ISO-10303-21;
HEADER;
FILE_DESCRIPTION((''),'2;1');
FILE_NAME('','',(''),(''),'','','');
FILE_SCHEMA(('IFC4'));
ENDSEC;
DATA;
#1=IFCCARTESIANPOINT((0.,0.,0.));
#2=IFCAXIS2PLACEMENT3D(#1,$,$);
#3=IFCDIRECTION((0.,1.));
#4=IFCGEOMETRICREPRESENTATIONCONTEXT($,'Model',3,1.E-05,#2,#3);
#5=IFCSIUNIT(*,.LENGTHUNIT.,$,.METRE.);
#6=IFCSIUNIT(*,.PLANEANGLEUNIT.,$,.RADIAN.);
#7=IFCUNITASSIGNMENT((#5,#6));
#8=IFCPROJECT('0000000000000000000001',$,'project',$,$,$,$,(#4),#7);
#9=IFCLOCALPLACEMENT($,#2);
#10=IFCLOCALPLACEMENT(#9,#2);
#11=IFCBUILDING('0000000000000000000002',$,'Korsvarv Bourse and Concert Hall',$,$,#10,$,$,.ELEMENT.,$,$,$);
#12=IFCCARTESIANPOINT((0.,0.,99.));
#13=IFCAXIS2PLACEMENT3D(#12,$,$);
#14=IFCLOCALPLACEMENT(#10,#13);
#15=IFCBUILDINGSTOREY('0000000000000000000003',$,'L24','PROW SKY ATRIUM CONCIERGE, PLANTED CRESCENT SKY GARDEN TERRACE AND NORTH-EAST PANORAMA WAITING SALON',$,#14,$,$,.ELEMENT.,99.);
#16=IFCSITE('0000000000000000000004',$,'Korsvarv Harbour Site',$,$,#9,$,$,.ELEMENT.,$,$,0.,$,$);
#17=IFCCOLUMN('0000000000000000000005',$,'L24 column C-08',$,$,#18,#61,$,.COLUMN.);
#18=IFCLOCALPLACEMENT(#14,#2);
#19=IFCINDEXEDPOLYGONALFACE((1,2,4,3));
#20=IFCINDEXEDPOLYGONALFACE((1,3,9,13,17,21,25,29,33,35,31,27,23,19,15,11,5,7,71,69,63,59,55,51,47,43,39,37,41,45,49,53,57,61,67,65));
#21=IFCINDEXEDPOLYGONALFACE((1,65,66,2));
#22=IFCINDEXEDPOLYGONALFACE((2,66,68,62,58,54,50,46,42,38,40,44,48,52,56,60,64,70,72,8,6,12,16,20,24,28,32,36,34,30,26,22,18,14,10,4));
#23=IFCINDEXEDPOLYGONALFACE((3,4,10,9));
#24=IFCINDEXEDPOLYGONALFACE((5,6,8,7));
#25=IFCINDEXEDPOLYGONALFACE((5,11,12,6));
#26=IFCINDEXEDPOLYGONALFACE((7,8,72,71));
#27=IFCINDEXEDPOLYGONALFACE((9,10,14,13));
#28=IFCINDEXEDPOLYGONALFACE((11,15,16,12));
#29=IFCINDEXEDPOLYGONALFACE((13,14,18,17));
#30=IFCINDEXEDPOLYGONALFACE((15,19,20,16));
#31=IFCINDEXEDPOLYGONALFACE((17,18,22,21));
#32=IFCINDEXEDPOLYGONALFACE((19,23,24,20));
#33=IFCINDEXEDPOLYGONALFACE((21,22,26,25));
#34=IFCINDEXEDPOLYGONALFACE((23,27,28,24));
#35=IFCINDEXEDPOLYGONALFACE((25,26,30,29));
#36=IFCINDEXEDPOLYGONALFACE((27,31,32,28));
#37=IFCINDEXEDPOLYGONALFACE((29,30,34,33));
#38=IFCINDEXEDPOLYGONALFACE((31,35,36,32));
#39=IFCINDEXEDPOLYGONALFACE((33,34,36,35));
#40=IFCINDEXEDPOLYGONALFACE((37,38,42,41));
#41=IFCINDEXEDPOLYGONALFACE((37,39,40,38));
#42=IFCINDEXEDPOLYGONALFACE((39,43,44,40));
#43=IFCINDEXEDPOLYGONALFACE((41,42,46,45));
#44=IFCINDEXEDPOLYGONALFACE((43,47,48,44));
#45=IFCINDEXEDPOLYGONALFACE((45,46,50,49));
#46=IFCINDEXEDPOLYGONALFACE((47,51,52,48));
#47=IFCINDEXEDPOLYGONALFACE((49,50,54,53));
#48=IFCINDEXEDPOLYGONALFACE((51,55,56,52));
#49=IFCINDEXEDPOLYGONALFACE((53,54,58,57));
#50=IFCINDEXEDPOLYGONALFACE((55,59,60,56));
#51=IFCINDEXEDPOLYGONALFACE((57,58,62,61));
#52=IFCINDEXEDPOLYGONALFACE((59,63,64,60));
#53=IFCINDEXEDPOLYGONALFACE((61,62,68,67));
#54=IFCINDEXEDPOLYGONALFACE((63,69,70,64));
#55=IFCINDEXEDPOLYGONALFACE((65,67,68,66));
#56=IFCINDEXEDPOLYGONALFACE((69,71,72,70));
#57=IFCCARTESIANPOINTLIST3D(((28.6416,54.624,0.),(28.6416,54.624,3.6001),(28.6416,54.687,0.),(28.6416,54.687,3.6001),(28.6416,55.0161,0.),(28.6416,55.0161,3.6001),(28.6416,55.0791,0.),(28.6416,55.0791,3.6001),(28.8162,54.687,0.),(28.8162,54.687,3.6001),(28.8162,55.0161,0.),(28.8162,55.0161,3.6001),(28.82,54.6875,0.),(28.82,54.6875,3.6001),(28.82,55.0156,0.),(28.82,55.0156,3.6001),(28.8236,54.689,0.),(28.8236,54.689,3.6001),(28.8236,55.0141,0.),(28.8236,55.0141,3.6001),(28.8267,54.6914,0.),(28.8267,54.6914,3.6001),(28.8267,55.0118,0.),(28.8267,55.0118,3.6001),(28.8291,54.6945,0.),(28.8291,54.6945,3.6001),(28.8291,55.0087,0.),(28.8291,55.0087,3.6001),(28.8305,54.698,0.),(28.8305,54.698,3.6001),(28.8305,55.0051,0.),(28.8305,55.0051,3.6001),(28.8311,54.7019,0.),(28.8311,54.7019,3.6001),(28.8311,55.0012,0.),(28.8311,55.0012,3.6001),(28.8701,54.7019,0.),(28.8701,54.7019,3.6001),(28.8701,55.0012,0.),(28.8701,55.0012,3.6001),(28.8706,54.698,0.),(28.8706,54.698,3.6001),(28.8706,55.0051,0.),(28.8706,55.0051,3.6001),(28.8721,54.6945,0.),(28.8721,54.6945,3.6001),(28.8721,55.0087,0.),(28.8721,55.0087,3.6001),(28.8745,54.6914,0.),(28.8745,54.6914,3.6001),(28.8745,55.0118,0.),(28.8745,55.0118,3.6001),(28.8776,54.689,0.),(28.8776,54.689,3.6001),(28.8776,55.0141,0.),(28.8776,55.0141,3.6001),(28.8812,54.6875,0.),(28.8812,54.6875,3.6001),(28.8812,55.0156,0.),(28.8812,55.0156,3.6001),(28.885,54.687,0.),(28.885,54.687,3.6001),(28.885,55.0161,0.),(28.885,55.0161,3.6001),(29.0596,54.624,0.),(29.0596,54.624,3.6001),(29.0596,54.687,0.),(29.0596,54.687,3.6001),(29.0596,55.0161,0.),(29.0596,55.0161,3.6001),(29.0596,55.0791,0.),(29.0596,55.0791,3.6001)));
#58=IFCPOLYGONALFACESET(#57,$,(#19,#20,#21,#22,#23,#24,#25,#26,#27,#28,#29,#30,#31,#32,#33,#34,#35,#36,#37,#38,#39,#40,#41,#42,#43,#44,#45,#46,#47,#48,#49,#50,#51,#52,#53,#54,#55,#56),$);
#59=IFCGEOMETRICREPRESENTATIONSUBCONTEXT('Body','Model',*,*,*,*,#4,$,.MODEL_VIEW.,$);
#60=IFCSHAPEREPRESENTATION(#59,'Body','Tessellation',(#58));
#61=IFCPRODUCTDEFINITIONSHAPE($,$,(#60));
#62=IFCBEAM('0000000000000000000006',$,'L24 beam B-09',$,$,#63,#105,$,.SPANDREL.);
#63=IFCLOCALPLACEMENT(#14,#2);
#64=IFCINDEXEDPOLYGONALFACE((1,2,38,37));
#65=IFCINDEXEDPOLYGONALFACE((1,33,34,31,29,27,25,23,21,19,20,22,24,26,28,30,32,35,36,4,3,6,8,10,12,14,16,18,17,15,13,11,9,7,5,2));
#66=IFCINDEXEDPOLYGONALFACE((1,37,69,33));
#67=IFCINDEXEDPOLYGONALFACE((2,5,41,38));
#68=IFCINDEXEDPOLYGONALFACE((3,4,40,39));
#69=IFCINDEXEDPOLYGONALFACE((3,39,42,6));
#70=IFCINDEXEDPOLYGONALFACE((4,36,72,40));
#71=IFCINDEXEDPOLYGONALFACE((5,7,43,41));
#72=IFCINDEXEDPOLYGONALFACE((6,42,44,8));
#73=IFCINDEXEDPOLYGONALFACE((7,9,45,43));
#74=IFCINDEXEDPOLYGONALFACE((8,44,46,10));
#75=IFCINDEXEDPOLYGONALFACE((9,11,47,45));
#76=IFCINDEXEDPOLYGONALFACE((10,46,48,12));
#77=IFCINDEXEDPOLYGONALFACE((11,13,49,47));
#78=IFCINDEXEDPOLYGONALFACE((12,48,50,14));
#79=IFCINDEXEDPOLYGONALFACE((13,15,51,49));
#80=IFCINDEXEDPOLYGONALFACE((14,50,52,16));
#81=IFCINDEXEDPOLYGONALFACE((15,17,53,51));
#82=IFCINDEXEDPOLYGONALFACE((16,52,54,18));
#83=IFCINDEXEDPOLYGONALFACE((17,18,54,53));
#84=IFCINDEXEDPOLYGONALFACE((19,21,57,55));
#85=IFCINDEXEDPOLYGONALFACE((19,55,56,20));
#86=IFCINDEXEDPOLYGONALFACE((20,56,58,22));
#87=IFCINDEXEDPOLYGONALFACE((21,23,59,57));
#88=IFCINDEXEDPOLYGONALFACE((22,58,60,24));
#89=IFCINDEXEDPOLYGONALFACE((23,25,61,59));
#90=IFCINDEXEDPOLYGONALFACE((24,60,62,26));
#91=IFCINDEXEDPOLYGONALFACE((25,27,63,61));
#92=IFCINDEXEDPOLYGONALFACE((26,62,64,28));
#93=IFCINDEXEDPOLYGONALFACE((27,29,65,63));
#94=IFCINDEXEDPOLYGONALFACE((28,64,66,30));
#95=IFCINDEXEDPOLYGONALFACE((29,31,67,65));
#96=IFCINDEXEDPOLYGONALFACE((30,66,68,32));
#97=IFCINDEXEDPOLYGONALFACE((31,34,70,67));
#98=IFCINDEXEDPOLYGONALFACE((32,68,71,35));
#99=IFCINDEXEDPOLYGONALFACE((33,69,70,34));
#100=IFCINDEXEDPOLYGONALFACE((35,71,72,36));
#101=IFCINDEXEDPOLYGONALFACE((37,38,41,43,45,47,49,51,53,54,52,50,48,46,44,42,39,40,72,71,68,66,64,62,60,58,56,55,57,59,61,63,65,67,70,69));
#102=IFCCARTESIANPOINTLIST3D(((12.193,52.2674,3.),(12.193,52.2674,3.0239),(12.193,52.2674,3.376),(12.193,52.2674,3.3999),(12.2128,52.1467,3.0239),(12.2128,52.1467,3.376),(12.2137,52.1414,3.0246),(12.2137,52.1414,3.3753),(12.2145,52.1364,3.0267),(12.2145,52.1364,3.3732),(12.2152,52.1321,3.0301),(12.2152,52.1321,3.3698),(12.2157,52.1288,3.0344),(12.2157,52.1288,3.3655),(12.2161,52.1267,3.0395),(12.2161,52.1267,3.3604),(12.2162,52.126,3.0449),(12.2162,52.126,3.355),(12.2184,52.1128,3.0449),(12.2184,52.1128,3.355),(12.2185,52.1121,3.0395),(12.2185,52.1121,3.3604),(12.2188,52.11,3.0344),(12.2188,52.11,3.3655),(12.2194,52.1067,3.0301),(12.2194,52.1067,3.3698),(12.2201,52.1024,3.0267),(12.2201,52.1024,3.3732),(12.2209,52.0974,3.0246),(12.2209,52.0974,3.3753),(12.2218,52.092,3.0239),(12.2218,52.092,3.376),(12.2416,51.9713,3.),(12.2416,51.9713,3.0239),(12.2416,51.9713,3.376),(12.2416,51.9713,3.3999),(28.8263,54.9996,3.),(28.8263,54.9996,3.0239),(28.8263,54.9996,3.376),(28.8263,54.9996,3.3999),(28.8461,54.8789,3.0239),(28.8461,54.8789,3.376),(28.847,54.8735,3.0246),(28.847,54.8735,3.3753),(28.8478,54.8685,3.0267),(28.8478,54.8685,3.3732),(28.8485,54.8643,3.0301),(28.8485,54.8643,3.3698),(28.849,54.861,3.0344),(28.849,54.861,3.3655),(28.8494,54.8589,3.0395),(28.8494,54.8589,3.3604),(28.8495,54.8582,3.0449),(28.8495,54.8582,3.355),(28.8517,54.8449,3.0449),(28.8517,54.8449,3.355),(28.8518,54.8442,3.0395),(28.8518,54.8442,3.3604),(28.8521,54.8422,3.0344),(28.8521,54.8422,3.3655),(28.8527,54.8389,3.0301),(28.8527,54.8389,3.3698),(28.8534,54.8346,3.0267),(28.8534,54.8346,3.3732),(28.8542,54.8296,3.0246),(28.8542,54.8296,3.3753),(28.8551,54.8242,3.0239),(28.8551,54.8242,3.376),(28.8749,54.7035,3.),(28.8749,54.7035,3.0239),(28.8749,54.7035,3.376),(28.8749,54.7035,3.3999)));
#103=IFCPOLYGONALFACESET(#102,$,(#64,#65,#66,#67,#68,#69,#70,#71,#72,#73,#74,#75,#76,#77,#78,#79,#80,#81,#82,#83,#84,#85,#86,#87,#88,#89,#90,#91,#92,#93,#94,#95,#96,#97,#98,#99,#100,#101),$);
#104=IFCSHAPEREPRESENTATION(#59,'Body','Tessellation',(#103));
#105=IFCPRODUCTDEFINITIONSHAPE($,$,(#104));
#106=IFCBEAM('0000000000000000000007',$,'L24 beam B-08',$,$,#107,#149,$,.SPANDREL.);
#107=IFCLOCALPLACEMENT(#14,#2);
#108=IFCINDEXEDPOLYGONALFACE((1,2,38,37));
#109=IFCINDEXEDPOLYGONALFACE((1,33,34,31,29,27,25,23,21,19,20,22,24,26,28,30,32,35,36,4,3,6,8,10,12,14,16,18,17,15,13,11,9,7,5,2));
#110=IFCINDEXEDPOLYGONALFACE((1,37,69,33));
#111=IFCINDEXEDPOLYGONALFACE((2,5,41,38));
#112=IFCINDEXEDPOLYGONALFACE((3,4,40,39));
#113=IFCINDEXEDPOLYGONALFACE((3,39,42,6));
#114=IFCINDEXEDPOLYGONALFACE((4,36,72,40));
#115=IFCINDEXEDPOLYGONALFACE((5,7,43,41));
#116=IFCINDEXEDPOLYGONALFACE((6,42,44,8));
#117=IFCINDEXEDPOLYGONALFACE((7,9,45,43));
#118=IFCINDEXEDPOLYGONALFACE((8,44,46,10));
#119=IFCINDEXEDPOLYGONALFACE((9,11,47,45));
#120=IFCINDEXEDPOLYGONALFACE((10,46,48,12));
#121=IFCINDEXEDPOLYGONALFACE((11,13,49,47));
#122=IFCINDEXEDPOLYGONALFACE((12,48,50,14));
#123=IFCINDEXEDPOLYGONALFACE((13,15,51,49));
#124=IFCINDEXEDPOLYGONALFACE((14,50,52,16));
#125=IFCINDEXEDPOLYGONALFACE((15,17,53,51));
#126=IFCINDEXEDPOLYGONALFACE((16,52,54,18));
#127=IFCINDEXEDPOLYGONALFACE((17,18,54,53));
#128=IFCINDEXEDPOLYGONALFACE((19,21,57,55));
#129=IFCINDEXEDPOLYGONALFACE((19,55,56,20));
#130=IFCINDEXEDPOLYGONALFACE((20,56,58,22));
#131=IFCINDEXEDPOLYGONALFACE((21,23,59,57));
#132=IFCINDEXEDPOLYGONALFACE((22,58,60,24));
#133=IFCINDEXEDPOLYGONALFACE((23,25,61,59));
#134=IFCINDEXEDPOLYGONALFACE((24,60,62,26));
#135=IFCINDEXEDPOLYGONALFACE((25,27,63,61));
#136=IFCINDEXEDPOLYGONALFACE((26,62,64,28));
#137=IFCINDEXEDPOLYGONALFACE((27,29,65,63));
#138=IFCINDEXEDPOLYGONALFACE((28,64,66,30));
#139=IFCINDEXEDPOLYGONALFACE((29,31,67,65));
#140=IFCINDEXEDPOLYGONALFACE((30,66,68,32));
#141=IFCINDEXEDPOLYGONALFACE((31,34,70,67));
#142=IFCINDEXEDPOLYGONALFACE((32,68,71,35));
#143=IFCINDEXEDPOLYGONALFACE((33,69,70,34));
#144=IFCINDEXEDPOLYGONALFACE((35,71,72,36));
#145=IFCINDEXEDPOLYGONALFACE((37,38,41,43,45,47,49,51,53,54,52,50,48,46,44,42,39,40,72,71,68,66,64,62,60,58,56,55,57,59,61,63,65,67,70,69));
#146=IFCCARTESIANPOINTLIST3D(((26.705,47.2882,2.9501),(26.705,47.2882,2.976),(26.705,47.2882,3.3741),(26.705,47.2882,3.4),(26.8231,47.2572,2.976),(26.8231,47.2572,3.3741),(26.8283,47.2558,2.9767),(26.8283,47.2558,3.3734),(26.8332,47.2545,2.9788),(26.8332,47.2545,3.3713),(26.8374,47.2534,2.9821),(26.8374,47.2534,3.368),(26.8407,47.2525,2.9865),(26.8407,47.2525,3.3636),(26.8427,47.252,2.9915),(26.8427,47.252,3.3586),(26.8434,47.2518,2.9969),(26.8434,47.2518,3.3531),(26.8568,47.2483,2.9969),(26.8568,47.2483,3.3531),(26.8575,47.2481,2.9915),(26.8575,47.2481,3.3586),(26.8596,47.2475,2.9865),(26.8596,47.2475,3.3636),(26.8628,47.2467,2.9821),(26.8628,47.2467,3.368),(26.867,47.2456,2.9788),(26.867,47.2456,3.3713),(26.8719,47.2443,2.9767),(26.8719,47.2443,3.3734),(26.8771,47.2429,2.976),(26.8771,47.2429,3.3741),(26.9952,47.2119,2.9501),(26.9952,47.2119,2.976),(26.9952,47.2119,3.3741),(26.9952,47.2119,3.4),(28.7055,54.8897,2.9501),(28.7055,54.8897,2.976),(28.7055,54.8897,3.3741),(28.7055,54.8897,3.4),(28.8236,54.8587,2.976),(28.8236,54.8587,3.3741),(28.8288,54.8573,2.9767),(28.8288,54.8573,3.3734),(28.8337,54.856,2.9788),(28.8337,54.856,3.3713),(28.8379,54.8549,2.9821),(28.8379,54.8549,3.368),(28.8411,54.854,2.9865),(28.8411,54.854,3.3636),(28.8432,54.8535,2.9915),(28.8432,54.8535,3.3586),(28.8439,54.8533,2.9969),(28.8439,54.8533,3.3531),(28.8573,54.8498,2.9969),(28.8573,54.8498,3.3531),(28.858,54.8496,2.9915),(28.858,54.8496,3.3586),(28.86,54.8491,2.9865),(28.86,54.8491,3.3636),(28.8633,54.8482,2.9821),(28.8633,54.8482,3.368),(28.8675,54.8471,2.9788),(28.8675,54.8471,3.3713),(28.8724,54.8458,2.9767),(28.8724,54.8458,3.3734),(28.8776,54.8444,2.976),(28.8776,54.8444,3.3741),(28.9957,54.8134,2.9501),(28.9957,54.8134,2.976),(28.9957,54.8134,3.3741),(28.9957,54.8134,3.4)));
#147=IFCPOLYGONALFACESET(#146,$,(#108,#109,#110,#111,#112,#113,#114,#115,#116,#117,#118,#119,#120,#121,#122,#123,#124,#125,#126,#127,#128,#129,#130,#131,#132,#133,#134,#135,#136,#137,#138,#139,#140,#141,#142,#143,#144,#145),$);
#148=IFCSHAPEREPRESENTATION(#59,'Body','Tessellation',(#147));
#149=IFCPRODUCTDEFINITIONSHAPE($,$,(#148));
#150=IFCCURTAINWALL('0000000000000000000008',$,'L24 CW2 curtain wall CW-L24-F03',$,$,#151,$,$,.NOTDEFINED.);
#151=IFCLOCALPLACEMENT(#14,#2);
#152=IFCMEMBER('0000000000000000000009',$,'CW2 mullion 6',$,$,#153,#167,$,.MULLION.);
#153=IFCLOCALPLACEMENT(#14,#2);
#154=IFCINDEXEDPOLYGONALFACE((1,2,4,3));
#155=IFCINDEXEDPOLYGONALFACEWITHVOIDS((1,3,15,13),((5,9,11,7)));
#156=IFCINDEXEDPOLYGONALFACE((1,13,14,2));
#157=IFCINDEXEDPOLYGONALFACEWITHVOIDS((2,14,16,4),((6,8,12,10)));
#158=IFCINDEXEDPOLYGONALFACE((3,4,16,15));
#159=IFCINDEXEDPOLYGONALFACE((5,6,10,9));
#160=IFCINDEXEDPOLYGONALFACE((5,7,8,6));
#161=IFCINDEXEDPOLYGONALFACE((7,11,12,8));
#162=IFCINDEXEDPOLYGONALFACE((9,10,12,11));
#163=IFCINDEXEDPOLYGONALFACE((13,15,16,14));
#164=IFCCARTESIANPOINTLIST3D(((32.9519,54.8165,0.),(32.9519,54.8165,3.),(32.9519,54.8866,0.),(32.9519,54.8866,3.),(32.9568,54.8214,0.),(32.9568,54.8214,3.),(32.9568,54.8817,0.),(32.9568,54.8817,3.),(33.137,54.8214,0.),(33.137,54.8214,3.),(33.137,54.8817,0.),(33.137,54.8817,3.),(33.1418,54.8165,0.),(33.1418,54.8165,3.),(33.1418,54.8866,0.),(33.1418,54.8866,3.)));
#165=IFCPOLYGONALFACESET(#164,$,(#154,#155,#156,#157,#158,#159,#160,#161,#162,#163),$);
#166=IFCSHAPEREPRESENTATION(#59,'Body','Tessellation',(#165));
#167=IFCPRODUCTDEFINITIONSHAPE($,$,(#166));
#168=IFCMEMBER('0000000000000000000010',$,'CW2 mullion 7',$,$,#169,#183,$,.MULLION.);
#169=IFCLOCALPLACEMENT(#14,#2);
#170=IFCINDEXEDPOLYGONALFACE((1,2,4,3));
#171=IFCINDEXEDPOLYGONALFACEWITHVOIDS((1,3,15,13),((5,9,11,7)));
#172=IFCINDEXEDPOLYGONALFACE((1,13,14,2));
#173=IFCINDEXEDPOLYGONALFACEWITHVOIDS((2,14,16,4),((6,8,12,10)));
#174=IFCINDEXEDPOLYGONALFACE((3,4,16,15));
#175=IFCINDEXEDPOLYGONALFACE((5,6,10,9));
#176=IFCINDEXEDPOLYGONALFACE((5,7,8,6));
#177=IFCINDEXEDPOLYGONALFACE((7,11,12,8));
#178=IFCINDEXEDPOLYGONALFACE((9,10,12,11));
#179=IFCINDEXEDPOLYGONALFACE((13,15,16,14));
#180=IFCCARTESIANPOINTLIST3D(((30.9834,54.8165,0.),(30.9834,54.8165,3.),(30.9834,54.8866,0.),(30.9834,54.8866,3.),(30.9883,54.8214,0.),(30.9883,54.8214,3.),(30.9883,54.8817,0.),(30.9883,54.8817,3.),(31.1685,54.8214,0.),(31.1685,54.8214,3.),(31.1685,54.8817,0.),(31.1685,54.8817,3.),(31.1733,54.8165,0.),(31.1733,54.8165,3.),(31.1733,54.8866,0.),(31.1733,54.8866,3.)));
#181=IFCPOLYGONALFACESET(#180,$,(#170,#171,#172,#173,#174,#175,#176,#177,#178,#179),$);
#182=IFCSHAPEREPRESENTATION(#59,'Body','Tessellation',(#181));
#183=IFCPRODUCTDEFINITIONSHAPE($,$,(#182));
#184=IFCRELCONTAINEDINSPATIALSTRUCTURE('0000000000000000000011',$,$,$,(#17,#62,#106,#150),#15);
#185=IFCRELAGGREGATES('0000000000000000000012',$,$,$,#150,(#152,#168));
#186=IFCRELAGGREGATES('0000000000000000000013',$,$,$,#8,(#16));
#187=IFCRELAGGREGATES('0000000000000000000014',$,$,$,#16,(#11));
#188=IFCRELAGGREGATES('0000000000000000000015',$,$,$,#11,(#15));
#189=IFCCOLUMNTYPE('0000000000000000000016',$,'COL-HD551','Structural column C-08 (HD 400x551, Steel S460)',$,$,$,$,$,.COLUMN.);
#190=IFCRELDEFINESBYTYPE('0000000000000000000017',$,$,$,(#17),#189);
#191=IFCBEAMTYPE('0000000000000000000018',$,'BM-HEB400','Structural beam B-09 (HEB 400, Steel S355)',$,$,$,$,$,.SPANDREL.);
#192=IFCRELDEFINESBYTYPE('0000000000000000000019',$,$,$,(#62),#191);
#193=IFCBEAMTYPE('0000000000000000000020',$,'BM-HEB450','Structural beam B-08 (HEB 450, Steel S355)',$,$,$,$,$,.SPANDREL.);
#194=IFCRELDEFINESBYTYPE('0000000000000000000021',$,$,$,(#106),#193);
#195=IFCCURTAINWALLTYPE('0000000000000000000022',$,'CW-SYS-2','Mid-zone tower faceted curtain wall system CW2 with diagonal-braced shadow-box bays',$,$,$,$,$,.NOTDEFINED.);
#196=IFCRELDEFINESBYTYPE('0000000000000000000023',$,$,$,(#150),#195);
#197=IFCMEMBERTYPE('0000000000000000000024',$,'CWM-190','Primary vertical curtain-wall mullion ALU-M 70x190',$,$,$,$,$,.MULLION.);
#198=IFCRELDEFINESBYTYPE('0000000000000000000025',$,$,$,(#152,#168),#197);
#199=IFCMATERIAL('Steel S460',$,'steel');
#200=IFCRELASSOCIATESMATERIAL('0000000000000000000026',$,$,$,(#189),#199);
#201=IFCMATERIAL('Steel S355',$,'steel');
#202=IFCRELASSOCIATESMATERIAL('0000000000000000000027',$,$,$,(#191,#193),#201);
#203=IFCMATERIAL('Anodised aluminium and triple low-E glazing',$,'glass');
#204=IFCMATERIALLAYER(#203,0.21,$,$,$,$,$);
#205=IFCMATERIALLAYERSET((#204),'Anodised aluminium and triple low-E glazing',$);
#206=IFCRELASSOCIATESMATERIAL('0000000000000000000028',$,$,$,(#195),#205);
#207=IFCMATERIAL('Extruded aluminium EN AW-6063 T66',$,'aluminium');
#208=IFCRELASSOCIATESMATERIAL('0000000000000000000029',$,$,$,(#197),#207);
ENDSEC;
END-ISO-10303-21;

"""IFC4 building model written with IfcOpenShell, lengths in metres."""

from ifc_helpers import new_model, si_unit, direction, frame, origin, origin_2d, place, context, subcontext, project, spatial, hollow_rectangle, i_section, extrude, source, transform, mapped, material, layer, layer_set, material_profile, profile_set, type_object, element, aggregate, save


model = new_model("IFC4")

# Units and contexts
model_context = context("Model", 3, precision=1e-05, world=origin(), true_north=direction((0.0, 1.0)))
body_context = subcontext(model_context, "Body", "Model", "MODEL_VIEW")
ifc_project = project(units=[si_unit("LENGTHUNIT", "METRE"), si_unit("PLANEANGLEUNIT", "RADIAN")], contexts=[model_context])

# Site, building, storey
site_placement = place(None, origin())
site = spatial("IfcSite", under=ifc_project, at=site_placement, Name="Korsvarv Harbour Site", CompositionType="ELEMENT", RefElevation=0.0)
building_placement = place(site_placement, origin())
building = spatial("IfcBuilding", under=site, at=building_placement, Name="Korsvarv Bourse and Concert Hall", CompositionType="ELEMENT")
storey_placement = place(building_placement, frame((0.0, 0.0, 99.0)))
storey = spatial("IfcBuildingStorey", under=building, at=storey_placement, Name="L24", Description="PROW SKY ATRIUM CONCIERGE, PLANTED CRESCENT SKY GARDEN TERRACE AND NORTH-EAST PANORAMA WAITING SALON", CompositionType="ELEMENT", Elevation=99.0)

# Column
ifc_material_1 = material(Name="Steel S460", Category="steel")
ifc_material_profile_1 = material_profile(ifc_material_1, i_section(OverallWidth=0.418, OverallDepth=0.4551, WebThickness=0.0391, FlangeThickness=0.063, FilletRadius=0.0149, at=origin_2d()), Name="HD 400x551")
ifc_profile_set_1 = profile_set([ifc_material_profile_1], Name="Steel S460")
column_type = type_object("IfcColumnType", Name="COL-HD551", Description="Structural column C-08 (HD 400x551, Steel S460)", PredefinedType="COLUMN", material=ifc_profile_set_1)
shared_shape_1 = source(origin(), body_context, "Body", "SweptSolid", [
    extrude(i_section(OverallWidth=0.418, OverallDepth=0.4551, WebThickness=0.0391, FlangeThickness=0.063, FilletRadius=0.0149, at=origin_2d()), origin(), (0.0, 0.0, 1.0), 3.6001),
])
column_placement = place(storey_placement, frame((28.8506, 54.8516, 0.0), z_axis=(0.0, 0.0, 1.0), x_axis=(1.0, 0.0, 0.0)))
element("IfcColumn", 1, at=column_placement, inside=storey, type_object=column_type, Name="L24 column C-08", PredefinedType="COLUMN", context=body_context, shape_type="MappedRepresentation", body=[
    mapped(shared_shape_1, transform((0.0, 0.0, 0.0), scale=1.0)),
])

# Beams
ifc_material_2 = material(Name="Steel S355", Category="steel")
ifc_material_profile_2 = material_profile(ifc_material_2, i_section(OverallWidth=0.3, OverallDepth=0.3999, WebThickness=0.0134, FlangeThickness=0.0239, FilletRadius=0.021, at=origin_2d()), Name="HEB 400")
ifc_profile_set_2 = profile_set([ifc_material_profile_2], Name="Steel S355")
beam_type_1 = type_object("IfcBeamType", Name="BM-HEB400", Description="Structural beam B-09 (HEB 400, Steel S355)", PredefinedType="SPANDREL", material=ifc_profile_set_2)
shared_shape_2 = source(origin(), body_context, "Body", "SweptSolid", [
    extrude(i_section(OverallWidth=0.3, OverallDepth=0.3999, WebThickness=0.0134, FlangeThickness=0.0239, FilletRadius=0.021, at=origin_2d()), origin(), (0.0, 0.0, 1.0), 16.8562),
])
beam_1_placement = place(storey_placement, frame((28.8506, 54.8516, 3.2), z_axis=(-0.986776, -0.162087, 0.0), x_axis=(0.162087, -0.986776, 0.0)))
element("IfcBeam", 2, at=beam_1_placement, inside=storey, type_object=beam_type_1, Name="L24 beam B-09", PredefinedType="SPANDREL", context=body_context, shape_type="MappedRepresentation", body=[
    mapped(shared_shape_2, transform((0.0, 0.0, 0.0), scale=1.0)),
])
ifc_material_profile_3 = material_profile(ifc_material_2, i_section(OverallWidth=0.3, OverallDepth=0.45, WebThickness=0.0139, FlangeThickness=0.0259, FilletRadius=0.021, at=origin_2d()), Name="HEB 450")
ifc_profile_set_3 = profile_set([ifc_material_profile_3], Name="Steel S355")
beam_type_2 = type_object("IfcBeamType", Name="BM-HEB450", Description="Structural beam B-08 (HEB 450, Steel S355)", PredefinedType="SPANDREL", material=ifc_profile_set_3)
shared_shape_3 = source(origin(), body_context, "Body", "SweptSolid", [
    extrude(i_section(OverallWidth=0.3, OverallDepth=0.45, WebThickness=0.0139, FlangeThickness=0.0259, FilletRadius=0.021, at=origin_2d()), origin(), (0.0, 0.0, 1.0), 7.8604),
])
beam_2_placement = place(storey_placement, frame((28.8506, 54.8516, 3.175), z_axis=(-0.254502, -0.967072, 0.0), x_axis=(0.967072, -0.254502, 0.0)))
element("IfcBeam", 3, at=beam_2_placement, inside=storey, type_object=beam_type_2, Name="L24 beam B-08", PredefinedType="SPANDREL", context=body_context, shape_type="MappedRepresentation", body=[
    mapped(shared_shape_3, transform((0.0, 0.0, 0.0), scale=1.0)),
])

# Curtain wall, members
ifc_material_3 = material(Name="Anodised aluminium and triple low-E glazing", Category="glass")
ifc_layer_1 = layer(ifc_material_3, 0.21)
ifc_layer_set_1 = layer_set([ifc_layer_1], Name="Anodised aluminium and triple low-E glazing")
curtain_wall_type = type_object("IfcCurtainWallType", Name="CW-SYS-2", Description="Mid-zone tower faceted curtain wall system CW2 with diagonal-braced shadow-box bays", PredefinedType="NOTDEFINED", material=ifc_layer_set_1)
curtain_wall_placement = place(storey_placement, origin())
curtain_wall = element("IfcCurtainWall", 4, at=curtain_wall_placement, inside=storey, type_object=curtain_wall_type, Name="L24 CW2 curtain wall CW-L24-F03", PredefinedType="NOTDEFINED")
ifc_material_4 = material(Name="Extruded aluminium EN AW-6063 T66", Category="aluminium")
ifc_material_profile_4 = material_profile(ifc_material_4, hollow_rectangle(XDim=0.0701, YDim=0.1899, WallThickness=0.0049, at=origin_2d()), Name="ALU-M 70x190")
ifc_profile_set_4 = profile_set([ifc_material_profile_4], Name="Extruded aluminium EN AW-6063 T66")
member_type_1 = type_object("IfcMemberType", Name="CWM-190", Description="Primary vertical curtain-wall mullion ALU-M 70x190", PredefinedType="MULLION", material=ifc_profile_set_4)
shared_shape_4 = source(origin(), body_context, "Body", "SweptSolid", [
    extrude(hollow_rectangle(XDim=0.0701, YDim=0.1899, WallThickness=0.0049, at=origin_2d()), origin(), (0.0, 0.0, 1.0), 3.0),
])
member_1_placement = place(storey_placement, frame((33.0469, 54.8516, 0.0), z_axis=(0.0, 0.0, 1.0), x_axis=(0.0, -1.0, 0.0)))
member_1 = element("IfcMember", 5, at=member_1_placement, type_object=member_type_1, Name="CW2 mullion 6", PredefinedType="MULLION", context=body_context, shape_type="MappedRepresentation", body=[
    mapped(shared_shape_4, transform((0.0, 0.0, 0.0), scale=1.0)),
])
member_2_placement = place(storey_placement, frame((31.0784, 54.8516, 0.0), z_axis=(0.0, 0.0, 1.0), x_axis=(0.0, -1.0, 0.0)))
member_2 = element("IfcMember", 6, at=member_2_placement, type_object=member_type_1, Name="CW2 mullion 7", PredefinedType="MULLION", context=body_context, shape_type="MappedRepresentation", body=[
    mapped(shared_shape_4, transform((0.0, 0.0, 0.0), scale=1.0)),
])
aggregate(curtain_wall, [member_1, member_2])

save(model, "model.ifc")
